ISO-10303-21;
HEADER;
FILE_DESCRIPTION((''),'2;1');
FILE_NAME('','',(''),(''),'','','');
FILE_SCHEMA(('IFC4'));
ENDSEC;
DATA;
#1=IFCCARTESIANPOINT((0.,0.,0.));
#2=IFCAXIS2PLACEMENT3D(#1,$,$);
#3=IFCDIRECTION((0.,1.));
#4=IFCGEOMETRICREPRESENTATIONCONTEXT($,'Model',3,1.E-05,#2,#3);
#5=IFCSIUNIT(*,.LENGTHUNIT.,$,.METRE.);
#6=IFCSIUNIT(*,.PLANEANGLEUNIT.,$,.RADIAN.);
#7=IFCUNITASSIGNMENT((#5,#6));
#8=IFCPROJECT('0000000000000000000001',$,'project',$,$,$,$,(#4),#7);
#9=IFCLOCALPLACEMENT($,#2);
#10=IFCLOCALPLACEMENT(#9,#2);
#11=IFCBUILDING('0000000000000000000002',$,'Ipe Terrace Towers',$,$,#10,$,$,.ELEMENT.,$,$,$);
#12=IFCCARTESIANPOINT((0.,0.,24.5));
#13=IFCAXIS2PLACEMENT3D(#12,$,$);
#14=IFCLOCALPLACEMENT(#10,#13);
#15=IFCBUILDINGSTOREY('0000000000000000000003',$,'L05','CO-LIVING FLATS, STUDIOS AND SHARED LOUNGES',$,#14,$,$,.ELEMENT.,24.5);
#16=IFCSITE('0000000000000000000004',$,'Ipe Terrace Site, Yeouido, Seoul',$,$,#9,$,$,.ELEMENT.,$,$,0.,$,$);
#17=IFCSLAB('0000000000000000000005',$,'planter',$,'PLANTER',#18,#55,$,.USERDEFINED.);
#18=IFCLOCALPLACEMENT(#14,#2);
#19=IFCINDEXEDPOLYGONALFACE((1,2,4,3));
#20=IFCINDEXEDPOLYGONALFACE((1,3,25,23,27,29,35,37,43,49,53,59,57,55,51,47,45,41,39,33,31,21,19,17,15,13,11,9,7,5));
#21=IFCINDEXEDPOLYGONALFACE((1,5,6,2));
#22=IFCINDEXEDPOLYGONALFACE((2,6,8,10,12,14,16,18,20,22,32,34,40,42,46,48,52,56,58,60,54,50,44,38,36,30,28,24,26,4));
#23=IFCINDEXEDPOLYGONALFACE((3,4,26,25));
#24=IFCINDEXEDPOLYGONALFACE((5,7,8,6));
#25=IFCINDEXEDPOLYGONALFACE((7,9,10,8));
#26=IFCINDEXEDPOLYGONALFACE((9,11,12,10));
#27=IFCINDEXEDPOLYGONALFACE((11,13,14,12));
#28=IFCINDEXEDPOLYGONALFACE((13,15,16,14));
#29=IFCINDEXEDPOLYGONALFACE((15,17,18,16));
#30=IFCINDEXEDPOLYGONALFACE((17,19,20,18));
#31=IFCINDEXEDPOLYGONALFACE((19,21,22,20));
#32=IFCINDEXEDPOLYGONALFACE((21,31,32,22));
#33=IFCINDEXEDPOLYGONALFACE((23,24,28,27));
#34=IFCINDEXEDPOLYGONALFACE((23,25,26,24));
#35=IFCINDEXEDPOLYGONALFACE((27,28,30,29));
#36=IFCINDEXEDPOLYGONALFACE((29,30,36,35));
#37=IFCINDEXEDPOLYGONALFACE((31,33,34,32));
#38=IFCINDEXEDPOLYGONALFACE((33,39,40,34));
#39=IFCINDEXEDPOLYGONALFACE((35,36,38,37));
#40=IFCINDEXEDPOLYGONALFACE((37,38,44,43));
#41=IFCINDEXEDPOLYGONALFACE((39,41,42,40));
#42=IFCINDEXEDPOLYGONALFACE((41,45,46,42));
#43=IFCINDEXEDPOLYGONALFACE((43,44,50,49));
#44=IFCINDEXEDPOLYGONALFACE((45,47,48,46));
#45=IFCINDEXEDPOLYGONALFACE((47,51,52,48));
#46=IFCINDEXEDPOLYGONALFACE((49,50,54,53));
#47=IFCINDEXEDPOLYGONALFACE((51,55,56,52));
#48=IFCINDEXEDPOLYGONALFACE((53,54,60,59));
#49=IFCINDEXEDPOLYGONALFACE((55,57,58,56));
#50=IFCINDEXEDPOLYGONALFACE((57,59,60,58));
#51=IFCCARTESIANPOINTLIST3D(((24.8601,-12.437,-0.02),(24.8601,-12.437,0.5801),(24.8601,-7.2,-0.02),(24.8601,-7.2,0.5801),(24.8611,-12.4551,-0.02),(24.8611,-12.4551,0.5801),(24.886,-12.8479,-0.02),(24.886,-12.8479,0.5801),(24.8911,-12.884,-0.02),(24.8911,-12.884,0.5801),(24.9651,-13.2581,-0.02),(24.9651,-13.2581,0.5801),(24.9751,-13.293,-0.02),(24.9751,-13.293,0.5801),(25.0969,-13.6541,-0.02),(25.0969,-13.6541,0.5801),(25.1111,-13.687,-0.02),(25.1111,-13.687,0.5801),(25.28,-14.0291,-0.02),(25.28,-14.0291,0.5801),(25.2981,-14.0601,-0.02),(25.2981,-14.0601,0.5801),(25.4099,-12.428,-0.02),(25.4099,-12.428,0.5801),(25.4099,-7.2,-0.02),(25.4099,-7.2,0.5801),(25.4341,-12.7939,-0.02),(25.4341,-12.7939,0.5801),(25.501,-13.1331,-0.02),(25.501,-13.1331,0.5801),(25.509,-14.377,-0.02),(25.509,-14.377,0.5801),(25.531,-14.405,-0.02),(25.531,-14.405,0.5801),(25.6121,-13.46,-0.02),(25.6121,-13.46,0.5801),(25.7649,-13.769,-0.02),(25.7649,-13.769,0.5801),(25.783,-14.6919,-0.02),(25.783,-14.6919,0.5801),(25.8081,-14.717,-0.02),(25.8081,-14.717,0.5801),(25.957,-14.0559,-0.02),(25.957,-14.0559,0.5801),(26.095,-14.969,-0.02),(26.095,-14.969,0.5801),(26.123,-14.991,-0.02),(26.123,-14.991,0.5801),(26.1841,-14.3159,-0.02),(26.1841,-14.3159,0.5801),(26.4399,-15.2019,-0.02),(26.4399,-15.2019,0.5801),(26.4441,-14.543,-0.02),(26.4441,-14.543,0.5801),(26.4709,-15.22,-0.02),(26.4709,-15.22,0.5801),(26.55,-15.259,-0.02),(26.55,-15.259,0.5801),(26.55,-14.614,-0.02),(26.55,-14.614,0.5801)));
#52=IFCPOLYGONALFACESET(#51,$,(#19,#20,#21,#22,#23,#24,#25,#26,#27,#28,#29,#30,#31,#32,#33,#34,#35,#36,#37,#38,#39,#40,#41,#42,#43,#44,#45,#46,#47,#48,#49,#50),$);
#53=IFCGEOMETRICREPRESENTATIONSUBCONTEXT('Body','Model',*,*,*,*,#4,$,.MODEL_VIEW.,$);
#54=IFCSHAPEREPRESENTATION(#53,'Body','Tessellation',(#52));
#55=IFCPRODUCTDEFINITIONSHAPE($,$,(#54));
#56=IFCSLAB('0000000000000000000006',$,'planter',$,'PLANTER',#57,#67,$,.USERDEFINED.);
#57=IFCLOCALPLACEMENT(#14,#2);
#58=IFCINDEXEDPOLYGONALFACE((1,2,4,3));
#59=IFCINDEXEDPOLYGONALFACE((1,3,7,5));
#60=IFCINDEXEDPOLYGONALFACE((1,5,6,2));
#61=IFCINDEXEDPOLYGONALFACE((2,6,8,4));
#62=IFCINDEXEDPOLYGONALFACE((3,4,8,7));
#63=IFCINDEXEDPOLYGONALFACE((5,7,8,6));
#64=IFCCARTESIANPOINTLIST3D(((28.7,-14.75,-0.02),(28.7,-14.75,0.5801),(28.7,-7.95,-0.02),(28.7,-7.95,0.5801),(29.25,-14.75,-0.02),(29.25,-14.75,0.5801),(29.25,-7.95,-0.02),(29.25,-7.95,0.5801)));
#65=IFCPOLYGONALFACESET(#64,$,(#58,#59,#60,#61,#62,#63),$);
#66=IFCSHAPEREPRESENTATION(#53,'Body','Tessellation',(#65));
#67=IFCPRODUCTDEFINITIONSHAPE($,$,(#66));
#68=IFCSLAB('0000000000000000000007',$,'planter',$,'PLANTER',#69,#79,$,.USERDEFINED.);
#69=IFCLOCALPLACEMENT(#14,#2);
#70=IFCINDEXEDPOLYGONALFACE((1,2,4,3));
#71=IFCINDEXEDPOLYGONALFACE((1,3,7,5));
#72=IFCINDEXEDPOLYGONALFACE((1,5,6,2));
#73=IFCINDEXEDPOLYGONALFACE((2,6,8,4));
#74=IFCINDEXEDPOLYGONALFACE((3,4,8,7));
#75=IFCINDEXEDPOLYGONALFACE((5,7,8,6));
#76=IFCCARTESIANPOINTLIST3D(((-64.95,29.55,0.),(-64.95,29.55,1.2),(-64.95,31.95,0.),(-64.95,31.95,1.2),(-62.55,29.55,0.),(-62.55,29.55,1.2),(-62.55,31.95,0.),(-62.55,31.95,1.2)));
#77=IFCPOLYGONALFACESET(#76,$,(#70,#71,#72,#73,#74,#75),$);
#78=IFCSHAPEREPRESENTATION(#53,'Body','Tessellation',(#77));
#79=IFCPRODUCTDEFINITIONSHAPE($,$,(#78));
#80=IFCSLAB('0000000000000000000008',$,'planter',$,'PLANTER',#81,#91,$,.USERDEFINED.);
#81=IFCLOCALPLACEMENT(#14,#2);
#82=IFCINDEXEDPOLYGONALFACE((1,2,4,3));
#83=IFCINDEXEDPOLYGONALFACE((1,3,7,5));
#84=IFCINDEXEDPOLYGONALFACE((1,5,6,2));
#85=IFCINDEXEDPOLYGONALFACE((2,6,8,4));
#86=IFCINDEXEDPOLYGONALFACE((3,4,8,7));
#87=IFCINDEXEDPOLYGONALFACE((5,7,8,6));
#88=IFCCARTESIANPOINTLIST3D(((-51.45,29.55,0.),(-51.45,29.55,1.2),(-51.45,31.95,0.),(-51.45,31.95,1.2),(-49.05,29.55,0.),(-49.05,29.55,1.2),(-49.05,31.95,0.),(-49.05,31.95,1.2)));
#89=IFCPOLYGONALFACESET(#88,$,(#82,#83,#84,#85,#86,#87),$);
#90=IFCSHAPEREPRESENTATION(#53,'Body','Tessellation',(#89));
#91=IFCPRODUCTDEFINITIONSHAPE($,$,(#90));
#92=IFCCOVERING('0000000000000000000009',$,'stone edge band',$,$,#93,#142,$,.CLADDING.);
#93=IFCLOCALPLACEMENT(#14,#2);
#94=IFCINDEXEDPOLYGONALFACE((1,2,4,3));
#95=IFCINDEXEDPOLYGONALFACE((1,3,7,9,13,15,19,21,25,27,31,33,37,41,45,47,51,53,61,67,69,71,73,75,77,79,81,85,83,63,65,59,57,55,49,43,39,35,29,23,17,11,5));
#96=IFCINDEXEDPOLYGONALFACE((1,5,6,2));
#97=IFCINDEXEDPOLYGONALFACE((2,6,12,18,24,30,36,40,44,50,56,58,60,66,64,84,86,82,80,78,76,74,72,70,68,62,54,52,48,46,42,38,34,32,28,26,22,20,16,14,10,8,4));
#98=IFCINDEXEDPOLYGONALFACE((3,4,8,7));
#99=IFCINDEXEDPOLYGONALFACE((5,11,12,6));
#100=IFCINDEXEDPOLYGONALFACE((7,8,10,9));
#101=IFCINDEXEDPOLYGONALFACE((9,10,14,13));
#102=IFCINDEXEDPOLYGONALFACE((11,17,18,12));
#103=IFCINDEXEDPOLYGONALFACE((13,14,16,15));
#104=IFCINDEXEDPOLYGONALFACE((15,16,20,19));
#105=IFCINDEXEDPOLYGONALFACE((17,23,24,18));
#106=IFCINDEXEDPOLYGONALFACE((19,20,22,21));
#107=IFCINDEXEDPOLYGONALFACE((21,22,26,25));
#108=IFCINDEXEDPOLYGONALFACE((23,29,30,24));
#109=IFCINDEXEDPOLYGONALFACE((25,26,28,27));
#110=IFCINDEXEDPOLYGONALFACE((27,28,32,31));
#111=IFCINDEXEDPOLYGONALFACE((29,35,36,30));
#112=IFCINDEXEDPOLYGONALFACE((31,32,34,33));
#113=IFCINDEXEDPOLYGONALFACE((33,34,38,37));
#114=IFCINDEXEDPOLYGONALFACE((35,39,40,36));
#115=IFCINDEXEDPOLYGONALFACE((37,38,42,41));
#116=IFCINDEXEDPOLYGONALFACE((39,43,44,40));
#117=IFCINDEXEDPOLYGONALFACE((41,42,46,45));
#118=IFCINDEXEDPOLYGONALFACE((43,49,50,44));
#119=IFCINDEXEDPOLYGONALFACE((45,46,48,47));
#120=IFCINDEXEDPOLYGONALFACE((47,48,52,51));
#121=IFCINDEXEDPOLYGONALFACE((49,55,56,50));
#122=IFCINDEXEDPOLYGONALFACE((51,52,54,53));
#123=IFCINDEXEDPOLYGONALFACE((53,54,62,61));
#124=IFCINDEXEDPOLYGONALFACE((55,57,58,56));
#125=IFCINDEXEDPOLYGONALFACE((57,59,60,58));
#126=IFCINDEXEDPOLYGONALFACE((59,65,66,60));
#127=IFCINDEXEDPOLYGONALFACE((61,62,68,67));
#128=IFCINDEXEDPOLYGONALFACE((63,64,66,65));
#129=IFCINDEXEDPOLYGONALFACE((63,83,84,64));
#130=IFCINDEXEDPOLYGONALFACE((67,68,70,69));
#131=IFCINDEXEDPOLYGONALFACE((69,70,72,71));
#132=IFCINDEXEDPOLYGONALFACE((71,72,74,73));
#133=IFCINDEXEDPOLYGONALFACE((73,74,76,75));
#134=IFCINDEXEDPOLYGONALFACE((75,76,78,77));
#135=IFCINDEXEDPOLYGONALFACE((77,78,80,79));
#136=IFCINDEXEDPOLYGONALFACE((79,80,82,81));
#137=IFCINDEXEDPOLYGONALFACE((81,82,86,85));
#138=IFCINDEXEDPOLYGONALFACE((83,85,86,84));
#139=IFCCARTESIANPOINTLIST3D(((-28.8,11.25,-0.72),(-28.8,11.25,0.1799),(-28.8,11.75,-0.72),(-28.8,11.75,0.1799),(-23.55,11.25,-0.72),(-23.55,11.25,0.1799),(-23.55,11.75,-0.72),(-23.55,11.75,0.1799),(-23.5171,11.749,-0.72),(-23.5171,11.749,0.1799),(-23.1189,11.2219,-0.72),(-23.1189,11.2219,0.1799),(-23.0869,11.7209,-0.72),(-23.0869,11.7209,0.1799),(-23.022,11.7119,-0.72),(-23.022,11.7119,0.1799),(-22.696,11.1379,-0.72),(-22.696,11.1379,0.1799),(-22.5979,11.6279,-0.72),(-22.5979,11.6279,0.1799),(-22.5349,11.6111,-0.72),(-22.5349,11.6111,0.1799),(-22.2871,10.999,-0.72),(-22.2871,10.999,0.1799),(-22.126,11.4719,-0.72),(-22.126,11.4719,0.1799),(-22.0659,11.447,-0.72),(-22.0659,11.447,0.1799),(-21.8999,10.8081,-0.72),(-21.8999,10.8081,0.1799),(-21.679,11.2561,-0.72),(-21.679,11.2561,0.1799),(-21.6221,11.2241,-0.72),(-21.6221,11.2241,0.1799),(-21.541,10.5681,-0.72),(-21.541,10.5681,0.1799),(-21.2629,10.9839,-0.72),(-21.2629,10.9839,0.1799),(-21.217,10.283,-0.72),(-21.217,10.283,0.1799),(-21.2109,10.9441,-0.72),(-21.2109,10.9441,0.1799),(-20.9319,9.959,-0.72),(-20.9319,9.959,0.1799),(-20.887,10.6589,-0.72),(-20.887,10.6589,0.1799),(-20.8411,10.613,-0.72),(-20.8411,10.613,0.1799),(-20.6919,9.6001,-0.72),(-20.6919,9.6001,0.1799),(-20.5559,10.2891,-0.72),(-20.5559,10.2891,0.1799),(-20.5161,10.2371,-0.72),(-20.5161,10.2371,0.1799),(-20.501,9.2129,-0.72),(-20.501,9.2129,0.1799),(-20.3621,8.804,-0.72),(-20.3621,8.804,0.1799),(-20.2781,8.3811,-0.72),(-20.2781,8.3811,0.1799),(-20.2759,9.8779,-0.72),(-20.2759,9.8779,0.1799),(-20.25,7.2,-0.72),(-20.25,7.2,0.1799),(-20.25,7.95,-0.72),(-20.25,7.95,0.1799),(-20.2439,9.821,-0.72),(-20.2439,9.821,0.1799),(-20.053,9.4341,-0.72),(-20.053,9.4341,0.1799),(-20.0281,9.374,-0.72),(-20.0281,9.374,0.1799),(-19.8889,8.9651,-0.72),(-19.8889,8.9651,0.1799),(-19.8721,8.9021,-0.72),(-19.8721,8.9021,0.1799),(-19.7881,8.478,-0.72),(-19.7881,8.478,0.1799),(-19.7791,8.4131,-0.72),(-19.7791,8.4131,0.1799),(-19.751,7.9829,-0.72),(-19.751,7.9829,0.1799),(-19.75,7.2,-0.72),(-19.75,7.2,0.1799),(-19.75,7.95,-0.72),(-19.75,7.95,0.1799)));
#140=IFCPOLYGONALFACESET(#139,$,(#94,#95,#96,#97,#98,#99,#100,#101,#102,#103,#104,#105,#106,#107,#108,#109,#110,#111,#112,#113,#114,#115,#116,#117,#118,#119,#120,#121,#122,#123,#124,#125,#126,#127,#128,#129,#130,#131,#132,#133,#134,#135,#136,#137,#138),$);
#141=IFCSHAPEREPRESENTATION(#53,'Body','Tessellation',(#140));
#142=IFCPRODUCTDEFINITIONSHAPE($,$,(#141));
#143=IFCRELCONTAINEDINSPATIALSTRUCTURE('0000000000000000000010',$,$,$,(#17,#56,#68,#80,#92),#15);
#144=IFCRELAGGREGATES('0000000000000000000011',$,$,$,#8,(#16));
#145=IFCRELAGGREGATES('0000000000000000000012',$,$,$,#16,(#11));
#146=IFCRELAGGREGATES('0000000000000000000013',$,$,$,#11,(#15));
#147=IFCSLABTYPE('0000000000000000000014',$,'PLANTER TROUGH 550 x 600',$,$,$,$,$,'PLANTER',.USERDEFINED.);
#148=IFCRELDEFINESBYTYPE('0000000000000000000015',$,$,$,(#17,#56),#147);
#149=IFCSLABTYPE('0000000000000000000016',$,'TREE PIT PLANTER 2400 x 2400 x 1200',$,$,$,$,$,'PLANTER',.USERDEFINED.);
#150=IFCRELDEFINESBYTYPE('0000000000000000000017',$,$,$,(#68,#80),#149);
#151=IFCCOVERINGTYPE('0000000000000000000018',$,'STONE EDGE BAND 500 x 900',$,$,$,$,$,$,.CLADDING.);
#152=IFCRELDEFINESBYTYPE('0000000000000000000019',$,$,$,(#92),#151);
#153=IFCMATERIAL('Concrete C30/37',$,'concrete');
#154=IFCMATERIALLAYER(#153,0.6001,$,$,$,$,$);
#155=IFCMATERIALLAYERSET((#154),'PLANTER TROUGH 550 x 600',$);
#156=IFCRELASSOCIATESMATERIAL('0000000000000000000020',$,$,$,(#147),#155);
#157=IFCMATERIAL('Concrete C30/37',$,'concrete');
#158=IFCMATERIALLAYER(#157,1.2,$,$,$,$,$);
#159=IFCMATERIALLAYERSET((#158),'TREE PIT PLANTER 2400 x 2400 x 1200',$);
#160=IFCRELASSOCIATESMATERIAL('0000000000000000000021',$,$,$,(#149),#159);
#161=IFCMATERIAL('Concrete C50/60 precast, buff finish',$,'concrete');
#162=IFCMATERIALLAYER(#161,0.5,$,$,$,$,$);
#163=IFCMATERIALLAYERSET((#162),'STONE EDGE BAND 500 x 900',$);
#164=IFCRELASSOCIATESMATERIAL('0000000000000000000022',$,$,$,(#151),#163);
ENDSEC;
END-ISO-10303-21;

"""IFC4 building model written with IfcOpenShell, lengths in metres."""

from ifc_helpers import new_model, si_unit, direction, frame, origin, place, context, subcontext, project, spatial, polyline, outline, extrude, material, layer, layer_set, type_object, element, save


model = new_model("IFC4")

# Units and contexts
model_context = context("Model", 3, precision=1e-05, world=origin(), true_north=direction((0.0, 1.0)))
body_context = subcontext(model_context, "Body", "Model", "MODEL_VIEW")
ifc_project = project(units=[si_unit("LENGTHUNIT", "METRE"), si_unit("PLANEANGLEUNIT", "RADIAN")], contexts=[model_context])

# Site, building, storey
site_placement = place(None, origin())
site = spatial("IfcSite", under=ifc_project, at=site_placement, Name="Ipe Terrace Site, Yeouido, Seoul", CompositionType="ELEMENT", RefElevation=0.0)
building_placement = place(site_placement, origin())
building = spatial("IfcBuilding", under=site, at=building_placement, Name="Ipe Terrace Towers", CompositionType="ELEMENT")
storey_placement = place(building_placement, frame((0.0, 0.0, 24.5)))
storey = spatial("IfcBuildingStorey", under=building, at=storey_placement, Name="L05", Description="CO-LIVING FLATS, STUDIOS AND SHARED LOUNGES", CompositionType="ELEMENT", Elevation=24.5)

# Slabs
ifc_material_1 = material(Name="Concrete C30/37", Category="concrete")
ifc_layer_1 = layer(ifc_material_1, 0.6001)
ifc_layer_set_1 = layer_set([ifc_layer_1], Name="PLANTER TROUGH 550 x 600")
slab_type_1 = type_object("IfcSlabType", Name="PLANTER TROUGH 550 x 600", ElementType="PLANTER", PredefinedType="USERDEFINED", material=ifc_layer_set_1)
slab_1_placement = place(storey_placement, frame((0.0, 0.0, -0.02)))
element("IfcSlab", 1, at=slab_1_placement, inside=storey, type_object=slab_type_1, Name="planter", ObjectType="PLANTER", PredefinedType="USERDEFINED", context=body_context, shape_type="SweptSolid", body=[
    extrude(outline(polyline([(26.4441, -14.543), (26.1841, -14.3159), (25.957, -14.0559), (25.7649, -13.769), (25.6121, -13.46), (25.501, -13.1331), (25.4341, -12.7939), (25.4099, -12.428), (25.4099, -7.2), (24.8601, -7.2), (24.8601, -12.437), (24.8611, -12.4551), (24.886, -12.8479), (24.8911, -12.884), (24.9651, -13.2581), (24.9751, -13.293), (25.0969, -13.6541), (25.1111, -13.687), (25.28, -14.0291), (25.2981, -14.0601), (25.509, -14.377), (25.531, -14.405), (25.783, -14.6919), (25.8081, -14.717), (26.095, -14.969), (26.123, -14.991), (26.4399, -15.2019), (26.4709, -15.22), (26.55, -15.259), (26.55, -14.614), (26.4441, -14.543)])), origin(), (0.0, 0.0, 1.0), 0.6001),
])
slab_2_placement = place(storey_placement, frame((0.0, 0.0, -0.02)))
element("IfcSlab", 2, at=slab_2_placement, inside=storey, type_object=slab_type_1, Name="planter", ObjectType="PLANTER", PredefinedType="USERDEFINED", context=body_context, shape_type="SweptSolid", body=[
    extrude(outline(polyline([(29.25, -7.95), (28.7, -7.95), (28.7, -14.75), (29.25, -14.75), (29.25, -7.95)])), origin(), (0.0, 0.0, 1.0), 0.6001),
])
ifc_material_2 = material(Name="Concrete C30/37", Category="concrete")
ifc_layer_2 = layer(ifc_material_2, 1.2)
ifc_layer_set_2 = layer_set([ifc_layer_2], Name="TREE PIT PLANTER 2400 x 2400 x 1200")
slab_type_2 = type_object("IfcSlabType", Name="TREE PIT PLANTER 2400 x 2400 x 1200", ElementType="PLANTER", PredefinedType="USERDEFINED", material=ifc_layer_set_2)
slab_3_placement = place(storey_placement, origin())
element("IfcSlab", 3, at=slab_3_placement, inside=storey, type_object=slab_type_2, Name="planter", ObjectType="PLANTER", PredefinedType="USERDEFINED", context=body_context, shape_type="SweptSolid", body=[
    extrude(outline(polyline([(-64.95, 29.55), (-62.55, 29.55), (-62.55, 31.95), (-64.95, 31.95), (-64.95, 29.55)])), origin(), (0.0, 0.0, 1.0), 1.2),
])
slab_4_placement = place(storey_placement, origin())
element("IfcSlab", 4, at=slab_4_placement, inside=storey, type_object=slab_type_2, Name="planter", ObjectType="PLANTER", PredefinedType="USERDEFINED", context=body_context, shape_type="SweptSolid", body=[
    extrude(outline(polyline([(-51.45, 29.55), (-49.05, 29.55), (-49.05, 31.95), (-51.45, 31.95), (-51.45, 29.55)])), origin(), (0.0, 0.0, 1.0), 1.2),
])

# Covering
ifc_material_3 = material(Name="Concrete C50/60 precast, buff finish", Category="concrete")
ifc_layer_3 = layer(ifc_material_3, 0.5)
ifc_layer_set_3 = layer_set([ifc_layer_3], Name="STONE EDGE BAND 500 x 900")
covering_type = type_object("IfcCoveringType", Name="STONE EDGE BAND 500 x 900", PredefinedType="CLADDING", material=ifc_layer_set_3)
covering_1_placement = place(storey_placement, frame((0.0, 0.0, -0.72)))
element("IfcCovering", 5, at=covering_1_placement, inside=storey, type_object=covering_type, Name="stone edge band", PredefinedType="CLADDING", context=body_context, shape_type="SweptSolid", body=[
    extrude(outline(polyline([(-23.55, 11.75), (-28.8, 11.75), (-28.8, 11.25), (-23.55, 11.25), (-23.1189, 11.2219), (-22.696, 11.1379), (-22.2871, 10.999), (-21.8999, 10.8081), (-21.541, 10.5681), (-21.217, 10.283), (-20.9319, 9.959), (-20.6919, 9.6001), (-20.501, 9.2129), (-20.3621, 8.804), (-20.2781, 8.3811), (-20.25, 7.95), (-20.25, 7.2), (-19.75, 7.2), (-19.75, 7.95), (-19.751, 7.9829), (-19.7791, 8.4131), (-19.7881, 8.478), (-19.8721, 8.9021), (-19.8889, 8.9651), (-20.0281, 9.374), (-20.053, 9.4341), (-20.2439, 9.821), (-20.2759, 9.8779), (-20.5161, 10.2371), (-20.5559, 10.2891), (-20.8411, 10.613), (-20.887, 10.6589), (-21.2109, 10.9441), (-21.2629, 10.9839), (-21.6221, 11.2241), (-21.679, 11.2561), (-22.0659, 11.447), (-22.126, 11.4719), (-22.5349, 11.6111), (-22.5979, 11.6279), (-23.022, 11.7119), (-23.0869, 11.7209), (-23.5171, 11.749), (-23.55, 11.75)])), origin(), (0.0, 0.0, 1.0), 0.8999),
])

save(model, "model.ifc")
